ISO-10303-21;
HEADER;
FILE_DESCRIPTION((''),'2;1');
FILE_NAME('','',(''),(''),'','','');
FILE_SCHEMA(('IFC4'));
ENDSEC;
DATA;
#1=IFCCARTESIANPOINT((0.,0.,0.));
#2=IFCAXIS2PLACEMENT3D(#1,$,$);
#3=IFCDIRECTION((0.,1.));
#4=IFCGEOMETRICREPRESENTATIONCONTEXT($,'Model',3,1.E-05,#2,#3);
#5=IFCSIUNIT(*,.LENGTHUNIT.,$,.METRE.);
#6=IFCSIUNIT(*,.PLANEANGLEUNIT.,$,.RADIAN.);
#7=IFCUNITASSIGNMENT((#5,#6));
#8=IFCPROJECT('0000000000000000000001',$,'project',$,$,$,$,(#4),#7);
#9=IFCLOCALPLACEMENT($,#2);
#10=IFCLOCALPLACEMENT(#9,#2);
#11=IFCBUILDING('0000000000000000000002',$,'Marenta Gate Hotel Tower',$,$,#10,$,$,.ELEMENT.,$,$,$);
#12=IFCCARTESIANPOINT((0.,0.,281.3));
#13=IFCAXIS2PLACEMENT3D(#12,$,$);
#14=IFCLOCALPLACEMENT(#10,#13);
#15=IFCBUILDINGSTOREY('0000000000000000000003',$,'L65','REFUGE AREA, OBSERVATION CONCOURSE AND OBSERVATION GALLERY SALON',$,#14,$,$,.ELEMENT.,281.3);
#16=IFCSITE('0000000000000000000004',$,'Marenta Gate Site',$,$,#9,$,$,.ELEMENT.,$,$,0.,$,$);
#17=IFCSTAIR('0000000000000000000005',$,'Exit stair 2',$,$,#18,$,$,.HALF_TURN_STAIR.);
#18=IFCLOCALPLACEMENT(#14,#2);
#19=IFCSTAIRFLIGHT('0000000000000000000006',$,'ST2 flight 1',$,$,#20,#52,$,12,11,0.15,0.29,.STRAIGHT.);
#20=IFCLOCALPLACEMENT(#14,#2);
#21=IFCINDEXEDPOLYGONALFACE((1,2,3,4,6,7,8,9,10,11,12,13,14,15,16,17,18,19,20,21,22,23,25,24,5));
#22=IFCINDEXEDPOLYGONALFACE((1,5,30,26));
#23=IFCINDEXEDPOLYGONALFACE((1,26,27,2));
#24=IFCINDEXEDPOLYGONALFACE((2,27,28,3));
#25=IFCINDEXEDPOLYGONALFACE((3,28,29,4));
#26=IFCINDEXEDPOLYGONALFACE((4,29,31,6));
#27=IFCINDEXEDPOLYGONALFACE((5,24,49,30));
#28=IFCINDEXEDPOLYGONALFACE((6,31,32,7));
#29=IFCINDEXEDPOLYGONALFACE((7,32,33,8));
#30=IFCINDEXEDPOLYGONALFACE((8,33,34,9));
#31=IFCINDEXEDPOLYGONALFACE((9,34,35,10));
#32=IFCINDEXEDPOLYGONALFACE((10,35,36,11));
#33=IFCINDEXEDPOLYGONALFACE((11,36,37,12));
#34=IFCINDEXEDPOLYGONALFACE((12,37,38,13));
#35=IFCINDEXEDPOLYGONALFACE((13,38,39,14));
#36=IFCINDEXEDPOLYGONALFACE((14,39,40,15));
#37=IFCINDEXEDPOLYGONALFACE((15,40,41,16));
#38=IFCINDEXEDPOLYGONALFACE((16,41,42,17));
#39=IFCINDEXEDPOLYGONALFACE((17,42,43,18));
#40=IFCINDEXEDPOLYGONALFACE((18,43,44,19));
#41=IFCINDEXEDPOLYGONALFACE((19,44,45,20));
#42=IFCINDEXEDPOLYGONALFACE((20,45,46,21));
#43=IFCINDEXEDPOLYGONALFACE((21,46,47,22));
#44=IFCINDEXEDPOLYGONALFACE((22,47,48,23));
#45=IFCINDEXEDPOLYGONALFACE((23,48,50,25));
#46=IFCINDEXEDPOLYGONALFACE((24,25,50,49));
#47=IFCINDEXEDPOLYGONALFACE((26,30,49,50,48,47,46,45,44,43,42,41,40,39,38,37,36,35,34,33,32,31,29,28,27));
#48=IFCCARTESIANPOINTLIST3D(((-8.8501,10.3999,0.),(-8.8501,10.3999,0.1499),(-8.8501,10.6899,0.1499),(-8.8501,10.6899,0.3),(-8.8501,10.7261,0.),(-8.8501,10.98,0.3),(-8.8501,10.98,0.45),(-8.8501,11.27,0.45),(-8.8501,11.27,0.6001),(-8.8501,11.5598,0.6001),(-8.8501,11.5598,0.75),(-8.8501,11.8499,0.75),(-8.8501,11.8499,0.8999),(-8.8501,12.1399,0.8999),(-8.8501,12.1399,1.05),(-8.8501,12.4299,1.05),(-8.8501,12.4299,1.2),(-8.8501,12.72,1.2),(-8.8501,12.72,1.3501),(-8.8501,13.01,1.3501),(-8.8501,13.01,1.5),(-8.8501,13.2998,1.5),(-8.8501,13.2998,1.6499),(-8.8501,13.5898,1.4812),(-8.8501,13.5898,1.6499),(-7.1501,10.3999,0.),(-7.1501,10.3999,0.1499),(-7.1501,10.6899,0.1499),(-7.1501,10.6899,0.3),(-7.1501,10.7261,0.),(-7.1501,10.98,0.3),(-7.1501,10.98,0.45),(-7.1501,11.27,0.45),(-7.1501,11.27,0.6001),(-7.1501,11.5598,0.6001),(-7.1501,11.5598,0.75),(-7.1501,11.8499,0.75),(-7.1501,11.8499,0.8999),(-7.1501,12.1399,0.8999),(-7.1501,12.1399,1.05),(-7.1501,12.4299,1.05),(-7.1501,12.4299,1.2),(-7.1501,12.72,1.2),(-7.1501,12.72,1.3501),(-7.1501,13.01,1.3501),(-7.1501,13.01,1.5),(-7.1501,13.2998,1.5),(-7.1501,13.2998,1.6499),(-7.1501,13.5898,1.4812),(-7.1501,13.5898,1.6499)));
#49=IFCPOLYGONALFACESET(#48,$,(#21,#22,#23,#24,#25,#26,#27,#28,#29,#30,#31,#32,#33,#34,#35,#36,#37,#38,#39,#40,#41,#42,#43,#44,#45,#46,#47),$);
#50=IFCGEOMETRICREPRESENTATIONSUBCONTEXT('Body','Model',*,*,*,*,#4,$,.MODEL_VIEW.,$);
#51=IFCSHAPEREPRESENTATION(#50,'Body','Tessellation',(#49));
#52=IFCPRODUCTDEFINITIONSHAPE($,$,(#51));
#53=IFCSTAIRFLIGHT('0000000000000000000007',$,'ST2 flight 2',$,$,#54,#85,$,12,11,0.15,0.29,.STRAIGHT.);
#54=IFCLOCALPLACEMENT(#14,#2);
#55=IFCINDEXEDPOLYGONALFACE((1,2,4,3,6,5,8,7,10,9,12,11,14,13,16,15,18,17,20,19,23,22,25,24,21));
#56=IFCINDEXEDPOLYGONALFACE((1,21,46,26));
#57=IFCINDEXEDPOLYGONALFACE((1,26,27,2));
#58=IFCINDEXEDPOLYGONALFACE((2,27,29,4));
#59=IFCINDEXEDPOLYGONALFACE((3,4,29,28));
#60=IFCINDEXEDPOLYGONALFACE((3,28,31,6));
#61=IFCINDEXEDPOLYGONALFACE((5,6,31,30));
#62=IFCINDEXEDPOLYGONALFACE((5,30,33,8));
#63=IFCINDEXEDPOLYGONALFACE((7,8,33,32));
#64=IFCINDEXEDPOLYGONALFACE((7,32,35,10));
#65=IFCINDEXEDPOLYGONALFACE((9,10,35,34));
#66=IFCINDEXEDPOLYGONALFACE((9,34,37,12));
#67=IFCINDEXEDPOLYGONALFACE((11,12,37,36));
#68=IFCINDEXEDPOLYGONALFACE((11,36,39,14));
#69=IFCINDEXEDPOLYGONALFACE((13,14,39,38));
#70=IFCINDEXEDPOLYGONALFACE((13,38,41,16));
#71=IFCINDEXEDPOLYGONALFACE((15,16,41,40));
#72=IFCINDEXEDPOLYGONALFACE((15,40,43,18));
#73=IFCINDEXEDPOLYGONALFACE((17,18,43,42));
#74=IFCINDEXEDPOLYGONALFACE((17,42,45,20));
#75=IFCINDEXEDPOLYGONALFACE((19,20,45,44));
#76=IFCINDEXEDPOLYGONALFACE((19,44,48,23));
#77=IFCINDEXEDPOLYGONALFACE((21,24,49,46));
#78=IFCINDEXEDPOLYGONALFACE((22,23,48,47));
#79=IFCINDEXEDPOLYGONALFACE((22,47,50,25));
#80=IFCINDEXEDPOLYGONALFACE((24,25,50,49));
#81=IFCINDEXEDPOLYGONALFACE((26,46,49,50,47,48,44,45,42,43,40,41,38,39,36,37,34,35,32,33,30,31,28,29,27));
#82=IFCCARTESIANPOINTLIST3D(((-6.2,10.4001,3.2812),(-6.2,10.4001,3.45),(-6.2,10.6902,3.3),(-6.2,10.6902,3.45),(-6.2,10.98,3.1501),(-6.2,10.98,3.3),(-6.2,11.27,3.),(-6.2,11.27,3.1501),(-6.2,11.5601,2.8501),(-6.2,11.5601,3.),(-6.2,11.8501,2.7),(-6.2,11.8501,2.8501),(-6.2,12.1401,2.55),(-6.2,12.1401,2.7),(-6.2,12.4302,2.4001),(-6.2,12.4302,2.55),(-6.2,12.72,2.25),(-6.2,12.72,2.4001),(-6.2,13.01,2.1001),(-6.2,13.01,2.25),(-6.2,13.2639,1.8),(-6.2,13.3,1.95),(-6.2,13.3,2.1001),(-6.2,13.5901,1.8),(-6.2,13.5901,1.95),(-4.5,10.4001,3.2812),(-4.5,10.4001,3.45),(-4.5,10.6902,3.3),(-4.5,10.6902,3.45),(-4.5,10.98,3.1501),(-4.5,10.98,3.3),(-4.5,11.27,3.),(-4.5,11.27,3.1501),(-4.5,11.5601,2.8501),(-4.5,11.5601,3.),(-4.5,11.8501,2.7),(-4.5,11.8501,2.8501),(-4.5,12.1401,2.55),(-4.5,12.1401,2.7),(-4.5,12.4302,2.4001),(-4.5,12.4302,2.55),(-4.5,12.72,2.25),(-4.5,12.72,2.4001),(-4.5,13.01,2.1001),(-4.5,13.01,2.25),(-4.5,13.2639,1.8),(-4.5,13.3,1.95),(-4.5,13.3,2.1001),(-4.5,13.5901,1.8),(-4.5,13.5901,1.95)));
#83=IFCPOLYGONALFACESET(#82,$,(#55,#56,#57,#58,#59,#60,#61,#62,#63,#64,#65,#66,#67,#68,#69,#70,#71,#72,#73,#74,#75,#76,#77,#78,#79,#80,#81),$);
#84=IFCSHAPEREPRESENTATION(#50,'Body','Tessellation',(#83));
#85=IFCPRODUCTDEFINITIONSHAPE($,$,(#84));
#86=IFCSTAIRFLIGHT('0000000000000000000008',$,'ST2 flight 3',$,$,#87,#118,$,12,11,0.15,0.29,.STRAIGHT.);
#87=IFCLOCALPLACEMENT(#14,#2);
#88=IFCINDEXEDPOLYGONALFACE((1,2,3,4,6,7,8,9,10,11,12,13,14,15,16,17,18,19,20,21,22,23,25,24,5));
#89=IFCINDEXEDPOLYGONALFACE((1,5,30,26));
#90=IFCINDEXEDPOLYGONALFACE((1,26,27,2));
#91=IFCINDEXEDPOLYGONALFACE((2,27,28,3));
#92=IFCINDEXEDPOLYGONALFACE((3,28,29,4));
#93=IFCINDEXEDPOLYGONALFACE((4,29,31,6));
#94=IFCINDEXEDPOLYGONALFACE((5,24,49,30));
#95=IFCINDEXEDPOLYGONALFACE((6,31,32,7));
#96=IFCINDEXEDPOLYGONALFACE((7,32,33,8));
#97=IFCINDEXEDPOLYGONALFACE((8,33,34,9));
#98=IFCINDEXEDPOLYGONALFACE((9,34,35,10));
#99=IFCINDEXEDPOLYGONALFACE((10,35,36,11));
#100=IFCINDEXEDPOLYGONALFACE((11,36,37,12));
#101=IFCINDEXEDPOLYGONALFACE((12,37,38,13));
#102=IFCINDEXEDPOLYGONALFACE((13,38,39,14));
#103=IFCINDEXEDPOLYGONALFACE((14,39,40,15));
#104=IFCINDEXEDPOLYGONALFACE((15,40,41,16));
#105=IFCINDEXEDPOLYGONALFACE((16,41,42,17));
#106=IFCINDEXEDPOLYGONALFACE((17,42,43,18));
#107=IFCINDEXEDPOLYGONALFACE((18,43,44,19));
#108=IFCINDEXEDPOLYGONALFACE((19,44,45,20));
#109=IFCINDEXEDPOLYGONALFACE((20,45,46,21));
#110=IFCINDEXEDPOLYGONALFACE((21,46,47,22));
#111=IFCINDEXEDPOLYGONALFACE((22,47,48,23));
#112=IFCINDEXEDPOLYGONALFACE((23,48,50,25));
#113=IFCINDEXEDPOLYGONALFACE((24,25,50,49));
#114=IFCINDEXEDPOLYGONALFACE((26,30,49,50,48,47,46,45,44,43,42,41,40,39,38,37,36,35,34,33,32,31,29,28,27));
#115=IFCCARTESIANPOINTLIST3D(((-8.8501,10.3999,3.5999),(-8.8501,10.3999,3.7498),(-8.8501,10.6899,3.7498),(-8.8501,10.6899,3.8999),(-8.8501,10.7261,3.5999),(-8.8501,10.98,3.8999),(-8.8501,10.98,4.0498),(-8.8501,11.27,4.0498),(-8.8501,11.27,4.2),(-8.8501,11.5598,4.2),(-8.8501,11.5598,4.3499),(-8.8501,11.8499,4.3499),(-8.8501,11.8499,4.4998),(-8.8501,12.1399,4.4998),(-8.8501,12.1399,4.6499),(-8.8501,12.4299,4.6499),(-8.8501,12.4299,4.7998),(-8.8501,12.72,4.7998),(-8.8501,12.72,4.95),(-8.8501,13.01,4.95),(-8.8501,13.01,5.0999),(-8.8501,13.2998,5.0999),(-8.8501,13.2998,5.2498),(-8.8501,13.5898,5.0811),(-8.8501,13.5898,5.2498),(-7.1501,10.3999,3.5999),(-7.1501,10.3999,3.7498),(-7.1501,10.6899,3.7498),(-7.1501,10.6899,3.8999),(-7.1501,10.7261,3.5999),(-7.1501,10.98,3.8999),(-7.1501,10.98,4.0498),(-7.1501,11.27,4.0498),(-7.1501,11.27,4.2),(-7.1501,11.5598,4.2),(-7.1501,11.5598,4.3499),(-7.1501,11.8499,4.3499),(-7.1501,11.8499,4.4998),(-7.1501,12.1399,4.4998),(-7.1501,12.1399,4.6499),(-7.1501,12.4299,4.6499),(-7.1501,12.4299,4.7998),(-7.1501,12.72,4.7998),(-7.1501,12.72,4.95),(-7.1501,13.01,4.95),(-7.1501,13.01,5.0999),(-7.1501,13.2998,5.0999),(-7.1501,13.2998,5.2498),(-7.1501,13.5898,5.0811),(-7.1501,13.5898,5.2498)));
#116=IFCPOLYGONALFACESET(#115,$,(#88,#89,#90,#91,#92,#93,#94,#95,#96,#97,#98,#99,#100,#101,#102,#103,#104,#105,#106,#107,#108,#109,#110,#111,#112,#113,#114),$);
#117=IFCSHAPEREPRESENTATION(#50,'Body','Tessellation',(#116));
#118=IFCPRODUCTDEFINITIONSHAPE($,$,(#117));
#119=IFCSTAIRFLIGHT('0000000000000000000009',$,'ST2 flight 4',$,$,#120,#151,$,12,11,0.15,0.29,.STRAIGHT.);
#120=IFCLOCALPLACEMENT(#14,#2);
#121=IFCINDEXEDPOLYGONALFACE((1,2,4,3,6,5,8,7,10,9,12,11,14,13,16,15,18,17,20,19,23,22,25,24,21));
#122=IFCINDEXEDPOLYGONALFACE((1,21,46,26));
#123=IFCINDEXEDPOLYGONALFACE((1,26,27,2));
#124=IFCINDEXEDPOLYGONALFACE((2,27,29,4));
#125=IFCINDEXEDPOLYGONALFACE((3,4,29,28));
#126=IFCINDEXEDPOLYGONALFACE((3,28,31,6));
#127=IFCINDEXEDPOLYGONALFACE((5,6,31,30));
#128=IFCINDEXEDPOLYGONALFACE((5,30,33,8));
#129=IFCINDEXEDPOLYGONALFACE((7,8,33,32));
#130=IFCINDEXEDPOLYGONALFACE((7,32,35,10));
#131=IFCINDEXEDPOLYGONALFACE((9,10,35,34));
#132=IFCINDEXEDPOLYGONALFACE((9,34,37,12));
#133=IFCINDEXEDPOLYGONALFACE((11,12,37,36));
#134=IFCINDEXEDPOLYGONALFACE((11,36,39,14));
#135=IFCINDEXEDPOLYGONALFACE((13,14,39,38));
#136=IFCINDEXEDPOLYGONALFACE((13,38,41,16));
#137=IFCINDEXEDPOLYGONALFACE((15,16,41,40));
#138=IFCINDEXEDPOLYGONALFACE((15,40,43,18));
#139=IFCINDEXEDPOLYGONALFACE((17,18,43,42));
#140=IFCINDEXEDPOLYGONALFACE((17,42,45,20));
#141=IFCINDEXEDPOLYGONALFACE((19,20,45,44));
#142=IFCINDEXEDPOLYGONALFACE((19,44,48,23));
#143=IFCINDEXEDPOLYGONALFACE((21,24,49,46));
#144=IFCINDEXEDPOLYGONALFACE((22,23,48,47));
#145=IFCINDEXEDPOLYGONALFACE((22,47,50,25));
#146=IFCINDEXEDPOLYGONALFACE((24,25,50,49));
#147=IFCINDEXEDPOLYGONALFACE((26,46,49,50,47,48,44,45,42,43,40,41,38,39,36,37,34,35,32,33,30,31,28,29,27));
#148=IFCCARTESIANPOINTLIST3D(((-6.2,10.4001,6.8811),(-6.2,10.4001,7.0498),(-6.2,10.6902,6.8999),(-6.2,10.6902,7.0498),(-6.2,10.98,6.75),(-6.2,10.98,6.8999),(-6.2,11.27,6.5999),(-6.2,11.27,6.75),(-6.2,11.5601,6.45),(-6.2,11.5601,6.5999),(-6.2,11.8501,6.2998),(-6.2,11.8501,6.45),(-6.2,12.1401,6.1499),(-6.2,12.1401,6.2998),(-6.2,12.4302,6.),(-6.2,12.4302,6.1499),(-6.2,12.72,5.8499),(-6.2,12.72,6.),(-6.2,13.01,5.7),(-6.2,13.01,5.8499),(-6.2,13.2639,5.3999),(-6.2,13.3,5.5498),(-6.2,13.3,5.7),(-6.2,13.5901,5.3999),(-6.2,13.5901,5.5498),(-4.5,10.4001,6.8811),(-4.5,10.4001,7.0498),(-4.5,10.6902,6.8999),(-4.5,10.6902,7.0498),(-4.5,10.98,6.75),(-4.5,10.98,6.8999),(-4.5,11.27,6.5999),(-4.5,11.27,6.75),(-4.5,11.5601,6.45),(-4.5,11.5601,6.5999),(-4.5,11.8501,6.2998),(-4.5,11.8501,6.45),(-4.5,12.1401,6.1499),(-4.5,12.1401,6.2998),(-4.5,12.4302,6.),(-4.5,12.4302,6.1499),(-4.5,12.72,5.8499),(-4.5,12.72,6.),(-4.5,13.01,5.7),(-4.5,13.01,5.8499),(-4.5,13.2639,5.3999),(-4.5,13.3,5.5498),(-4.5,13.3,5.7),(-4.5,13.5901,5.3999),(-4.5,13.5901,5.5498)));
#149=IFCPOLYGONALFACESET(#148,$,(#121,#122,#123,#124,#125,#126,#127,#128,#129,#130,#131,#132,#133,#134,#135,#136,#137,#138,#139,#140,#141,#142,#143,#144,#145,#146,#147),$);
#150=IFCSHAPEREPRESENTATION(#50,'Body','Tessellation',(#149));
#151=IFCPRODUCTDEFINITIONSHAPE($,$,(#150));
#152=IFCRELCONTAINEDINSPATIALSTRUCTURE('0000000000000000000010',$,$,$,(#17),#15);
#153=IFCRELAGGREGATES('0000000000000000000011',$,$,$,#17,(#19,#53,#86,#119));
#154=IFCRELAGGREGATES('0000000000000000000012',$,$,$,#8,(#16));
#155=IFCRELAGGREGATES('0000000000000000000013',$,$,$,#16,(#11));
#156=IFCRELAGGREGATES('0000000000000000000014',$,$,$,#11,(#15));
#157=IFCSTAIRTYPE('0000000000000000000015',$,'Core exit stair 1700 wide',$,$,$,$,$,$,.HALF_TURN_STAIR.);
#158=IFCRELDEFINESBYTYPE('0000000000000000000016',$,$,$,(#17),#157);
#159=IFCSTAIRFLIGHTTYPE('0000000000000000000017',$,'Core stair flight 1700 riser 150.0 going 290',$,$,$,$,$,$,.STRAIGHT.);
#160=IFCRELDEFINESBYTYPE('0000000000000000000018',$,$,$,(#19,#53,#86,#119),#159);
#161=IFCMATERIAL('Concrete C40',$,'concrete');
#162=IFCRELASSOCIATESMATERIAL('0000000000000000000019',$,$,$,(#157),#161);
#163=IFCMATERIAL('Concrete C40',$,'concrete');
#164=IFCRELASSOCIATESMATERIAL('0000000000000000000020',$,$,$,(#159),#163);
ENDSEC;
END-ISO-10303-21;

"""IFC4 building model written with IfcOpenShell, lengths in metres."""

from ifc_helpers import new_model, si_unit, direction, frame, origin, place, context, subcontext, project, spatial, polyline, outline, extrude, material, type_object, element, aggregate, save


model = new_model("IFC4")

# Units and contexts
model_context = context("Model", 3, precision=1e-05, world=origin(), true_north=direction((0.0, 1.0)))
body_context = subcontext(model_context, "Body", "Model", "MODEL_VIEW")
ifc_project = project(units=[si_unit("LENGTHUNIT", "METRE"), si_unit("PLANEANGLEUNIT", "RADIAN")], contexts=[model_context])

# Site, building, storey
site_placement = place(None, origin())
site = spatial("IfcSite", under=ifc_project, at=site_placement, Name="Marenta Gate Site", CompositionType="ELEMENT", RefElevation=0.0)
building_placement = place(site_placement, origin())
building = spatial("IfcBuilding", under=site, at=building_placement, Name="Marenta Gate Hotel Tower", CompositionType="ELEMENT")
storey_placement = place(building_placement, frame((0.0, 0.0, 281.3)))
storey = spatial("IfcBuildingStorey", under=building, at=storey_placement, Name="L65", Description="REFUGE AREA, OBSERVATION CONCOURSE AND OBSERVATION GALLERY SALON", CompositionType="ELEMENT", Elevation=281.3)

# Stair, stair flights
ifc_material_1 = material(Name="Concrete C40", Category="concrete")
stair_type = type_object("IfcStairType", Name="Core exit stair 1700 wide", PredefinedType="HALF_TURN_STAIR", material=ifc_material_1)
stair_placement = place(storey_placement, origin())
stair = element("IfcStair", 1, at=stair_placement, inside=storey, type_object=stair_type, Name="Exit stair 2", PredefinedType="HALF_TURN_STAIR")
ifc_material_2 = material(Name="Concrete C40", Category="concrete")
stair_flight_type = type_object("IfcStairFlightType", Name="Core stair flight 1700 riser 150.0 going 290", PredefinedType="STRAIGHT", material=ifc_material_2)
stair_flight_1_placement = place(storey_placement, frame((-8.0, 10.3999, 0.0), z_axis=(0.0, 0.0, 1.0), x_axis=(0.0, 1.0, 0.0)))
stair_flight_1 = element("IfcStairFlight", 2, at=stair_flight_1_placement, type_object=stair_flight_type, Name="ST2 flight 1", NumberOfRisers=12, NumberOfTreads=11, PredefinedType="STRAIGHT", RiserHeight=0.15, TreadLength=0.29, context=body_context, shape_type="SweptSolid", body=[
    extrude(outline(polyline([(0.0, 0.0), (0.0, 0.1499), (0.29, 0.1499), (0.29, 0.3), (0.5801, 0.3), (0.5801, 0.45), (0.8701, 0.45), (0.8701, 0.6001), (1.1599, 0.6001), (1.1599, 0.75), (1.45, 0.75), (1.45, 0.8999), (1.74, 0.8999), (1.74, 1.05), (2.03, 1.05), (2.03, 1.2), (2.3201, 1.2), (2.3201, 1.3501), (2.6101, 1.3501), (2.6101, 1.5), (2.8999, 1.5), (2.8999, 1.6499), (3.1899, 1.6499), (3.1899, 1.8), (3.1899, 1.4812), (0.3262, 0.0), (0.0, 0.0)])), frame((0.0, 0.8501, 0.0), z_axis=(0.0, -1.0, 0.0), x_axis=(1.0, 0.0, 0.0)), (0.0, 0.0, 1.0), 1.7),
])
stair_flight_2_placement = place(storey_placement, frame((-5.3501, 13.5901, 1.8), z_axis=(0.0, 0.0, 1.0), x_axis=(0.0, -1.0, 0.0)))
stair_flight_2 = element("IfcStairFlight", 3, at=stair_flight_2_placement, type_object=stair_flight_type, Name="ST2 flight 2", NumberOfRisers=12, NumberOfTreads=11, PredefinedType="STRAIGHT", RiserHeight=0.15, TreadLength=0.29, context=body_context, shape_type="SweptSolid", body=[
    extrude(outline(polyline([(0.0, 0.0), (0.0, 0.1499), (0.29, 0.1499), (0.29, 0.3), (0.5801, 0.3), (0.5801, 0.45), (0.8701, 0.45), (0.8701, 0.6001), (1.1599, 0.6001), (1.1599, 0.75), (1.45, 0.75), (1.45, 0.8999), (1.74, 0.8999), (1.74, 1.05), (2.03, 1.05), (2.03, 1.2), (2.3201, 1.2), (2.3201, 1.3501), (2.6101, 1.3501), (2.6101, 1.5), (2.8999, 1.5), (2.8999, 1.6499), (3.1899, 1.6499), (3.1899, 1.8), (3.1899, 1.4812), (0.3262, 0.0), (0.0, 0.0)])), frame((0.0, 0.8501, 0.0), z_axis=(0.0, -1.0, 0.0), x_axis=(1.0, 0.0, 0.0)), (0.0, 0.0, 1.0), 1.7),
])
stair_flight_3_placement = place(storey_placement, frame((-8.0, 10.3999, 3.5999), z_axis=(0.0, 0.0, 1.0), x_axis=(0.0, 1.0, 0.0)))
stair_flight_3 = element("IfcStairFlight", 4, at=stair_flight_3_placement, type_object=stair_flight_type, Name="ST2 flight 3", NumberOfRisers=12, NumberOfTreads=11, PredefinedType="STRAIGHT", RiserHeight=0.15, TreadLength=0.29, context=body_context, shape_type="SweptSolid", body=[
    extrude(outline(polyline([(0.0, 0.0), (0.0, 0.1499), (0.29, 0.1499), (0.29, 0.3), (0.5801, 0.3), (0.5801, 0.45), (0.8701, 0.45), (0.8701, 0.6001), (1.1599, 0.6001), (1.1599, 0.75), (1.45, 0.75), (1.45, 0.8999), (1.74, 0.8999), (1.74, 1.05), (2.03, 1.05), (2.03, 1.2), (2.3201, 1.2), (2.3201, 1.3501), (2.6101, 1.3501), (2.6101, 1.5), (2.8999, 1.5), (2.8999, 1.6499), (3.1899, 1.6499), (3.1899, 1.8), (3.1899, 1.4812), (0.3262, 0.0), (0.0, 0.0)])), frame((0.0, 0.8501, 0.0), z_axis=(0.0, -1.0, 0.0), x_axis=(1.0, 0.0, 0.0)), (0.0, 0.0, 1.0), 1.7),
])
stair_flight_4_placement = place(storey_placement, frame((-5.3501, 13.5901, 5.3999), z_axis=(0.0, 0.0, 1.0), x_axis=(0.0, -1.0, 0.0)))
stair_flight_4 = element("IfcStairFlight", 5, at=stair_flight_4_placement, type_object=stair_flight_type, Name="ST2 flight 4", NumberOfRisers=12, NumberOfTreads=11, PredefinedType="STRAIGHT", RiserHeight=0.15, TreadLength=0.29, context=body_context, shape_type="SweptSolid", body=[
    extrude(outline(polyline([(0.0, 0.0), (0.0, 0.1499), (0.29, 0.1499), (0.29, 0.3), (0.5801, 0.3), (0.5801, 0.45), (0.8701, 0.45), (0.8701, 0.6001), (1.1599, 0.6001), (1.1599, 0.75), (1.45, 0.75), (1.45, 0.8999), (1.74, 0.8999), (1.74, 1.05), (2.03, 1.05), (2.03, 1.2), (2.3201, 1.2), (2.3201, 1.3501), (2.6101, 1.3501), (2.6101, 1.5), (2.8999, 1.5), (2.8999, 1.6499), (3.1899, 1.6499), (3.1899, 1.8), (3.1899, 1.4812), (0.3262, 0.0), (0.0, 0.0)])), frame((0.0, 0.8501, 0.0), z_axis=(0.0, -1.0, 0.0), x_axis=(1.0, 0.0, 0.0)), (0.0, 0.0, 1.0), 1.7),
])
aggregate(stair, [stair_flight_1, stair_flight_2, stair_flight_3, stair_flight_4])

save(model, "model.ifc")
